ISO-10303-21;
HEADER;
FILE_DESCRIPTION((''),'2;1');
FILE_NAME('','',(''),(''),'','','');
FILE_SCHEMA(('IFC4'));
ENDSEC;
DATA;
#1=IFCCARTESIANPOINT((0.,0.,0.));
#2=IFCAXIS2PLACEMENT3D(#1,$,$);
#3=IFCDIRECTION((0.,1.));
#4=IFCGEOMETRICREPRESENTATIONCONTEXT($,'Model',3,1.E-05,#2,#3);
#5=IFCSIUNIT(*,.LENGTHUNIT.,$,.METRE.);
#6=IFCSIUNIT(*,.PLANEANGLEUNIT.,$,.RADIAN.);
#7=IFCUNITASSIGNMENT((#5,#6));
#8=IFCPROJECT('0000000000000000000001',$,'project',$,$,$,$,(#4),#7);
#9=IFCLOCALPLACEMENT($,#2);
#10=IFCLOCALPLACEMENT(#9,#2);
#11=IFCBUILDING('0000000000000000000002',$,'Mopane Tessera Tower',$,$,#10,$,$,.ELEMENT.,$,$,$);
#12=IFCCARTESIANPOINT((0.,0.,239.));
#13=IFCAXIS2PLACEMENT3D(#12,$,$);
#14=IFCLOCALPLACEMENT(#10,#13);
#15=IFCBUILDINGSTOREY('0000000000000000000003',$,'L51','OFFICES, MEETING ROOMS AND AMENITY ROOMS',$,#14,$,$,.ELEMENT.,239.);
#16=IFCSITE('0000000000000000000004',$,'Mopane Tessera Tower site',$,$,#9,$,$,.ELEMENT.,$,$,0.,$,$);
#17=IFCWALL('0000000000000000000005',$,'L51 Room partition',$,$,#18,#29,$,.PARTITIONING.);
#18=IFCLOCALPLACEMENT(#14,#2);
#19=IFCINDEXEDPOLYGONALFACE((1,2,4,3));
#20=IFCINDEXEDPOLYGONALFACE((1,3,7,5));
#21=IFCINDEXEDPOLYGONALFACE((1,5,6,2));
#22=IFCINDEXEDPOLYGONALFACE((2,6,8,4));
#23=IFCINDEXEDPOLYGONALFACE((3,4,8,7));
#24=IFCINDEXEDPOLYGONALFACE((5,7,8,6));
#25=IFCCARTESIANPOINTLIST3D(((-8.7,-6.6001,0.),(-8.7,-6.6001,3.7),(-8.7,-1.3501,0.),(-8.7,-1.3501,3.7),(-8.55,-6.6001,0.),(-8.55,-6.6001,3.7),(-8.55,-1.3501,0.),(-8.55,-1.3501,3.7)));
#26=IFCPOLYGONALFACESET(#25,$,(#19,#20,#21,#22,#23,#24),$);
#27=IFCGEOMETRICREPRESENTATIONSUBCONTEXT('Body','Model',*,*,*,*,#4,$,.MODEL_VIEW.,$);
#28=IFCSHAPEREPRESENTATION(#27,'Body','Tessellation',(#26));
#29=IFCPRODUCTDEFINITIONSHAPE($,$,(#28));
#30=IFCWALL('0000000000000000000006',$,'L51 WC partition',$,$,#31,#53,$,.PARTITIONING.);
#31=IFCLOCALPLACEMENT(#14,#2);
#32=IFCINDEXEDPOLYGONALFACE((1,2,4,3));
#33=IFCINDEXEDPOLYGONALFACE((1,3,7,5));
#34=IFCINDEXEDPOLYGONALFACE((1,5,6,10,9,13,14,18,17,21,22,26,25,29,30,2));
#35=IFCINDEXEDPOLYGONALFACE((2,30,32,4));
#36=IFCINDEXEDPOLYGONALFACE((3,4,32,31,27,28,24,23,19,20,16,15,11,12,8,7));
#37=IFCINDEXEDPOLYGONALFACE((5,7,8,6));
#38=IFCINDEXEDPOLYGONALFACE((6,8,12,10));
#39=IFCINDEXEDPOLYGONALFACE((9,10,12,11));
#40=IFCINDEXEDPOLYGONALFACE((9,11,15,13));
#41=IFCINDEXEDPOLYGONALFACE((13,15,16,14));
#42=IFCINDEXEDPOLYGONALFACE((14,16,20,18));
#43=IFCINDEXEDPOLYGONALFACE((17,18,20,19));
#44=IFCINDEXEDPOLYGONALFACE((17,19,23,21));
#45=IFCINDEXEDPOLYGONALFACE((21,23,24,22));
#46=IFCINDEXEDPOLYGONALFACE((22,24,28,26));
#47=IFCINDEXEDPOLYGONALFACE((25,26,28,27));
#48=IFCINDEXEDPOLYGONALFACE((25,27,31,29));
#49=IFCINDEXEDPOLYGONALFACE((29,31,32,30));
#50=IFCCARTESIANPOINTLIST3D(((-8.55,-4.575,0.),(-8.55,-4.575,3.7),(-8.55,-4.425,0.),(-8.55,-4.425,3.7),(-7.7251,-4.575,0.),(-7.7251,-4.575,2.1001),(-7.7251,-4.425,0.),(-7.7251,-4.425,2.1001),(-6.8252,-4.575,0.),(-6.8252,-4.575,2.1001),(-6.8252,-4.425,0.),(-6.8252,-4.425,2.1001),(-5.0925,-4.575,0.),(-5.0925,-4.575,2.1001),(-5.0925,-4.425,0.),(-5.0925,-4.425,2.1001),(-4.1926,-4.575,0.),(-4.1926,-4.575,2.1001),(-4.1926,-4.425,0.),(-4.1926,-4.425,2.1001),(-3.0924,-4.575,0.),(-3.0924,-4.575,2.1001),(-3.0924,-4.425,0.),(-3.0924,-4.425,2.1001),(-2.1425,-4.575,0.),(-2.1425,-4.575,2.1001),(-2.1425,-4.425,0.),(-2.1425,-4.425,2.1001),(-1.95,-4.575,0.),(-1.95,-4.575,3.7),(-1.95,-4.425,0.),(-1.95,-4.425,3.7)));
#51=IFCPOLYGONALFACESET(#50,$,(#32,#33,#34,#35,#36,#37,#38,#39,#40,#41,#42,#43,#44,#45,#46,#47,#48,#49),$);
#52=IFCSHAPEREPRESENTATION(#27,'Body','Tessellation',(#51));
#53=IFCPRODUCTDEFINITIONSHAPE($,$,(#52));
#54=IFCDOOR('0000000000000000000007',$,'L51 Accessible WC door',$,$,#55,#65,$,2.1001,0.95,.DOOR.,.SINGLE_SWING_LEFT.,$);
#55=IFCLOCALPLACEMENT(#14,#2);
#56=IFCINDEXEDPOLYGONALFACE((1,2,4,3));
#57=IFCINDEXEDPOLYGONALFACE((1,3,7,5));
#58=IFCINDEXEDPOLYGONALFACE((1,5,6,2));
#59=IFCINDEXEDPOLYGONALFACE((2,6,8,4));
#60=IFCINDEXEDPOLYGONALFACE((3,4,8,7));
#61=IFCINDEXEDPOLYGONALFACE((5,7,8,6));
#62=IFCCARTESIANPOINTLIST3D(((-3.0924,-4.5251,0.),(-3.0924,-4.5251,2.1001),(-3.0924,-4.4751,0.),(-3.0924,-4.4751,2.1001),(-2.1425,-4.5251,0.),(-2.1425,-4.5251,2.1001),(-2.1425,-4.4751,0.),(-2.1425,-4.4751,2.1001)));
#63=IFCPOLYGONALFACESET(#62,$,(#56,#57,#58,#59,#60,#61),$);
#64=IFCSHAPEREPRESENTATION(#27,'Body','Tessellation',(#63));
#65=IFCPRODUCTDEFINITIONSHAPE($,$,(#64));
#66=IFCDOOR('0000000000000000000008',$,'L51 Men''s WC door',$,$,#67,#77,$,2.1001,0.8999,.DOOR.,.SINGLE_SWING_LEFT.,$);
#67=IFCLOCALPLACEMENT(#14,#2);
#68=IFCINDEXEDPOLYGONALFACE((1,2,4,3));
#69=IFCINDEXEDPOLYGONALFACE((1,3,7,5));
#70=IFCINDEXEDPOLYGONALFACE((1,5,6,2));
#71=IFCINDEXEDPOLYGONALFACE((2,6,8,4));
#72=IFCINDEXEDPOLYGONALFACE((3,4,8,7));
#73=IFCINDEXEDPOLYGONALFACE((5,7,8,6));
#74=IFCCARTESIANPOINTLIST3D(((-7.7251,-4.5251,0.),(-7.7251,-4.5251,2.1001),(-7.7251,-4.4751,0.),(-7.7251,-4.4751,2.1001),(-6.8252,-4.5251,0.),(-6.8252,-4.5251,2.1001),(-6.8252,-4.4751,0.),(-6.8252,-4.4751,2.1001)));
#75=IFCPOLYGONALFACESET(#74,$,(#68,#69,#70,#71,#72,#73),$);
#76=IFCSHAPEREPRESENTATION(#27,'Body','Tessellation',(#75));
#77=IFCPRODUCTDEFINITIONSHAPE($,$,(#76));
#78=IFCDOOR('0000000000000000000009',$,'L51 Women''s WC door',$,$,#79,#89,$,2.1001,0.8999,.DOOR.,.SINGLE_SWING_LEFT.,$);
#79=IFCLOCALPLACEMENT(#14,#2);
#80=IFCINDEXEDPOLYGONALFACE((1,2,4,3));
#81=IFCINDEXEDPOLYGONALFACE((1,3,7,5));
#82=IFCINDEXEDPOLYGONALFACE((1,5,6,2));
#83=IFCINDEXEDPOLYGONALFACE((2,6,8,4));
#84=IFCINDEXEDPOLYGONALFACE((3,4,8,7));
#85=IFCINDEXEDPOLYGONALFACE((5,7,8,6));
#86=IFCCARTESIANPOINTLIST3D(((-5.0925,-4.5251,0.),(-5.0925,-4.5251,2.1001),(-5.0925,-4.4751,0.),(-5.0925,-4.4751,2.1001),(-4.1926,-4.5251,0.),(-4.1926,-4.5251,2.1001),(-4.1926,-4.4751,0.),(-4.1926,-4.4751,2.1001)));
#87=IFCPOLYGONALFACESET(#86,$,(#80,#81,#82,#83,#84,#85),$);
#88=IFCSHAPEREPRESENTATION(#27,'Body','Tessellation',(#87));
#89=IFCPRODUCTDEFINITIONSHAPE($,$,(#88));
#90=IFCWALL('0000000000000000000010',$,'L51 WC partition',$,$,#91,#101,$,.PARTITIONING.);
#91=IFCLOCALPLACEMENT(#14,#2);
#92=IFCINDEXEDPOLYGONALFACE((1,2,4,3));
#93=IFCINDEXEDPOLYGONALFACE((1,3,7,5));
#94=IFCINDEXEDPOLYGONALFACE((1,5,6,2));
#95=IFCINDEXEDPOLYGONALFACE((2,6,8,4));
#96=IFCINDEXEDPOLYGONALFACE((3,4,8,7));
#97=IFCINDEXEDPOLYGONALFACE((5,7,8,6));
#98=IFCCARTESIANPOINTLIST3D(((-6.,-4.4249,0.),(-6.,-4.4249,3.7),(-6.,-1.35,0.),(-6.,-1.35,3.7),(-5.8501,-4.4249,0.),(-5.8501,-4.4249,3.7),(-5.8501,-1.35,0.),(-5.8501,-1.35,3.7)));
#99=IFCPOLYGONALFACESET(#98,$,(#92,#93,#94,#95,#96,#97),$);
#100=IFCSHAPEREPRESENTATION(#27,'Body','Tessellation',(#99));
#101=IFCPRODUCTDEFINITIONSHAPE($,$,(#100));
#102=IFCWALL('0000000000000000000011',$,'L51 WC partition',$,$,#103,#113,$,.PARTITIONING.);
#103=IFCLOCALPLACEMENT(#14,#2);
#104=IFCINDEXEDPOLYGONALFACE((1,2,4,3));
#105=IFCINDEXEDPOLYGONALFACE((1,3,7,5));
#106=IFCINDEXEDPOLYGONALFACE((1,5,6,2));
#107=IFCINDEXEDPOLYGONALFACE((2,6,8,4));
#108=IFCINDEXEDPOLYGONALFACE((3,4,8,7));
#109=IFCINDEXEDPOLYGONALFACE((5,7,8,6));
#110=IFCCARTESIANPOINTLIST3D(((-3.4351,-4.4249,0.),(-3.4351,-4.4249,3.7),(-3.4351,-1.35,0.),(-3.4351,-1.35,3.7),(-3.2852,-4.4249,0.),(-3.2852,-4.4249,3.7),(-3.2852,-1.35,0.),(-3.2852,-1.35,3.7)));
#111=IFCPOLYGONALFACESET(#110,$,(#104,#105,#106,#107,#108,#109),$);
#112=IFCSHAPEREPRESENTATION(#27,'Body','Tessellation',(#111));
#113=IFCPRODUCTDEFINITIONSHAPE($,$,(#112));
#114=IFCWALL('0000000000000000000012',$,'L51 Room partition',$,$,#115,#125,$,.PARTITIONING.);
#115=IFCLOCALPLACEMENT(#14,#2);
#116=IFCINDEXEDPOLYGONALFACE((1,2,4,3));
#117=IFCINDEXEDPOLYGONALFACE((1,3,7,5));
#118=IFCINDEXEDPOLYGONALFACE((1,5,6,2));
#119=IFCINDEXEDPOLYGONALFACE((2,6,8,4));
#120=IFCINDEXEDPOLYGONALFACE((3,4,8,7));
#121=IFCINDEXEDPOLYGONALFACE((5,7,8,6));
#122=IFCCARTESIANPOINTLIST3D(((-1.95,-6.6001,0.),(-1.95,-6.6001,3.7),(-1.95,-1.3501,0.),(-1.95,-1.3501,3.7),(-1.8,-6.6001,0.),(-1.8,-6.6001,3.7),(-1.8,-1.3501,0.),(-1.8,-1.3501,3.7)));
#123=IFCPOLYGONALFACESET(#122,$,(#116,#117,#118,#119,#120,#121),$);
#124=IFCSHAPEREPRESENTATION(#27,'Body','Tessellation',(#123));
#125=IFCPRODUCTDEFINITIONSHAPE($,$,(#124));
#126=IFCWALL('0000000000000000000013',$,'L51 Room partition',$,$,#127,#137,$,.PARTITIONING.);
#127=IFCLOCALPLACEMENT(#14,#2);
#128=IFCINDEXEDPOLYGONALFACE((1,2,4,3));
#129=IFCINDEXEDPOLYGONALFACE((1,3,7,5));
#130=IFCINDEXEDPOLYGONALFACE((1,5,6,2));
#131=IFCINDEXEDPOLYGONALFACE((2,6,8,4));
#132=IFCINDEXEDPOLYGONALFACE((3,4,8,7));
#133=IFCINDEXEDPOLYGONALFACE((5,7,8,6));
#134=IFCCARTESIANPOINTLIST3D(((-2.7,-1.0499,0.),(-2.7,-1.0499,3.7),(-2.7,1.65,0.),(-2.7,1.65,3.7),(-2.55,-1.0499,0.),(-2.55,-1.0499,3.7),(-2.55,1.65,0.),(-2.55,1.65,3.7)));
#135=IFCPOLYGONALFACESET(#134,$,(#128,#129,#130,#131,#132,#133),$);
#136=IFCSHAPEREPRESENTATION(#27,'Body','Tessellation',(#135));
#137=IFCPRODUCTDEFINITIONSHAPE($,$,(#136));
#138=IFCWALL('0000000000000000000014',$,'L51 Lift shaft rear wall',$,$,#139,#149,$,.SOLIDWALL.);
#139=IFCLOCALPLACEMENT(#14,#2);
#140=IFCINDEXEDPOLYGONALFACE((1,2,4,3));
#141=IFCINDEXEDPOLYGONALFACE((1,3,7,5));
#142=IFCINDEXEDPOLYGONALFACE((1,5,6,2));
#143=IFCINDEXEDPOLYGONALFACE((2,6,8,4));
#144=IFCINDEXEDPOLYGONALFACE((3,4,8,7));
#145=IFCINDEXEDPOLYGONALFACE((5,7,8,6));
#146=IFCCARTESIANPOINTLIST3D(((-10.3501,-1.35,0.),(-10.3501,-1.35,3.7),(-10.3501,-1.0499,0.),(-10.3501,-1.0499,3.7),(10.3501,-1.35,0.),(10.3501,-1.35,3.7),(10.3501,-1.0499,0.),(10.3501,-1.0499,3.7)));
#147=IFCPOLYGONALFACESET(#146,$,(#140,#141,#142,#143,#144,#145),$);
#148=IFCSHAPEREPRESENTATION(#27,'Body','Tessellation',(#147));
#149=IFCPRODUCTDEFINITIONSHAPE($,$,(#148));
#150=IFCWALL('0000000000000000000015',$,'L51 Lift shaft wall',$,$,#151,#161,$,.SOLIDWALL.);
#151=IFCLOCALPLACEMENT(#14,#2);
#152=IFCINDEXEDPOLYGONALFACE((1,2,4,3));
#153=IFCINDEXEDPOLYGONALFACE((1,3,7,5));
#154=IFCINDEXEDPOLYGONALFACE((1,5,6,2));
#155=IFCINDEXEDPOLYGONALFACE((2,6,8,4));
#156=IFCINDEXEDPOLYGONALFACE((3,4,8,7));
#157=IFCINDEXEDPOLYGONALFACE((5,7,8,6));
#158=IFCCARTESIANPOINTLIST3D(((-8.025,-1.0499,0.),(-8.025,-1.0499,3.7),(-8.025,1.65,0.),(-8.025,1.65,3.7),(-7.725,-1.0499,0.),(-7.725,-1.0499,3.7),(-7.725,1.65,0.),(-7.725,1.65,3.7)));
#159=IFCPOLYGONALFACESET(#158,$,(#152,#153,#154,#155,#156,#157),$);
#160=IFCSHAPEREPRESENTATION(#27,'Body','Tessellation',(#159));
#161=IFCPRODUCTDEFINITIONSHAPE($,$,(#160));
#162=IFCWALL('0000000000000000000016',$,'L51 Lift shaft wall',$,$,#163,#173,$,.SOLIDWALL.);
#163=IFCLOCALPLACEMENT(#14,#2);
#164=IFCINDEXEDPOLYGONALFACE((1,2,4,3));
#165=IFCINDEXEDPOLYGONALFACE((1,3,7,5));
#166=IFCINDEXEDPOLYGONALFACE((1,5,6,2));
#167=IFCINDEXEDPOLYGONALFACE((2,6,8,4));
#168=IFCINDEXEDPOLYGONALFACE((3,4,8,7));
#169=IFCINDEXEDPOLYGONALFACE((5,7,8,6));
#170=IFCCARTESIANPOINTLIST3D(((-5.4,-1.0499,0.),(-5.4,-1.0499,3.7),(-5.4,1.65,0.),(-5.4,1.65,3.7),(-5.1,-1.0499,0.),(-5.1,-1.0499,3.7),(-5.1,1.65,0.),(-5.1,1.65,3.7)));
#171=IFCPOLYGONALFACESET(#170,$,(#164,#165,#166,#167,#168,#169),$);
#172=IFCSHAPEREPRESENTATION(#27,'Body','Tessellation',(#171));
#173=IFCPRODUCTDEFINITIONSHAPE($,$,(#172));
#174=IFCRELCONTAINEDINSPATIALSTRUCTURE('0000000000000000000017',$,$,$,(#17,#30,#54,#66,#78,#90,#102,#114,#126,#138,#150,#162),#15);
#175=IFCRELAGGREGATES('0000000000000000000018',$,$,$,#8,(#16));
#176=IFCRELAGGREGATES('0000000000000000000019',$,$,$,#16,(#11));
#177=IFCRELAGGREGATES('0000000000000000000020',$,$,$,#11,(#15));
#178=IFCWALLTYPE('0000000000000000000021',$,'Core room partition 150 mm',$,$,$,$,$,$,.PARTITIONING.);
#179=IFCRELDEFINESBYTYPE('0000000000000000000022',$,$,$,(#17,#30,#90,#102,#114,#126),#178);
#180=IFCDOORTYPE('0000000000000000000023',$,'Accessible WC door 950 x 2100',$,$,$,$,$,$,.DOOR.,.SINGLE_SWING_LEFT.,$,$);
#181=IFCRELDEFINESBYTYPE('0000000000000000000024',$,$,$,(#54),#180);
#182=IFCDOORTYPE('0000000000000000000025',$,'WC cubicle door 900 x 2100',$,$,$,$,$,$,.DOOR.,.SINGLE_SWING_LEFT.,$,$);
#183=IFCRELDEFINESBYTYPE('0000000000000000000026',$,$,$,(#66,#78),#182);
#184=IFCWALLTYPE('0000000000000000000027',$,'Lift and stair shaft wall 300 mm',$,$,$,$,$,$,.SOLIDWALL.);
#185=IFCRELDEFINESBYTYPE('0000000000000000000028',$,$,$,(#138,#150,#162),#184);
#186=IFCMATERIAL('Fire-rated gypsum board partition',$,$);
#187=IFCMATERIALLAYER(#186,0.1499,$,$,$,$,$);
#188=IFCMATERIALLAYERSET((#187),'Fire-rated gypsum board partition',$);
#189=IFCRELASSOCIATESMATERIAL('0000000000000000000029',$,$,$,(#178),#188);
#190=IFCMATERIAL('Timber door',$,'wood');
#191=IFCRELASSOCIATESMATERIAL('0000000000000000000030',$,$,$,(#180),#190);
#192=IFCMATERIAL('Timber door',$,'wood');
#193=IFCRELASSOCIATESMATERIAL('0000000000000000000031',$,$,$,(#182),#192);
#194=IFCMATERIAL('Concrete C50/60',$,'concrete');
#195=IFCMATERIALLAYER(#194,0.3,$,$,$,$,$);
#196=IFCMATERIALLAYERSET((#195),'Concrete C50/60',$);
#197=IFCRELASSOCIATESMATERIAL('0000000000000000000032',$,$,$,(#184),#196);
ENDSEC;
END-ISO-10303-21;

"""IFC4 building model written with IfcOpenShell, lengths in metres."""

from ifc_helpers import new_model, si_unit, direction, frame, frame_2d, origin, place, context, subcontext, project, spatial, rectangle, extrude, material, layer, layer_set, type_object, element, fill, save


model = new_model("IFC4")

# Units and contexts
model_context = context("Model", 3, precision=1e-05, world=origin(), true_north=direction((0.0, 1.0)))
body_context = subcontext(model_context, "Body", "Model", "MODEL_VIEW")
ifc_project = project(units=[si_unit("LENGTHUNIT", "METRE"), si_unit("PLANEANGLEUNIT", "RADIAN")], contexts=[model_context])

# Site, building, storey
site_placement = place(None, origin())
site = spatial("IfcSite", under=ifc_project, at=site_placement, Name="Mopane Tessera Tower site", CompositionType="ELEMENT", RefElevation=0.0)
building_placement = place(site_placement, origin())
building = spatial("IfcBuilding", under=site, at=building_placement, Name="Mopane Tessera Tower", CompositionType="ELEMENT")
storey_placement = place(building_placement, frame((0.0, 0.0, 239.0)))
storey = spatial("IfcBuildingStorey", under=building, at=storey_placement, Name="L51", Description="OFFICES, MEETING ROOMS AND AMENITY ROOMS", CompositionType="ELEMENT", Elevation=239.0)

# Wall
ifc_material_1 = material(Name="Fire-rated gypsum board partition")
ifc_layer_1 = layer(ifc_material_1, 0.1499)
ifc_layer_set_1 = layer_set([ifc_layer_1], Name="Fire-rated gypsum board partition")
wall_type_1 = type_object("IfcWallType", Name="Core room partition 150 mm", PredefinedType="PARTITIONING", material=ifc_layer_set_1)
wall_1_placement = place(storey_placement, frame((-8.625, -6.6001, 0.0), z_axis=(0.0, 0.0, 1.0), x_axis=(0.0, 1.0, 0.0)))
element("IfcWall", 1, at=wall_1_placement, inside=storey, type_object=wall_type_1, Name="L51 Room partition", PredefinedType="PARTITIONING", context=body_context, shape_type="SweptSolid", body=[
    extrude(rectangle(XDim=5.25, YDim=0.1499, at=frame_2d((2.625, 0.0))), origin(), (0.0, 0.0, 1.0), 3.7),
])

# Wall, openings, doors
wall_2_placement = place(storey_placement, frame((-8.55, -4.5, 0.0), z_axis=(0.0, 0.0, 1.0), x_axis=(1.0, 0.0, 0.0)))
wall_2 = element("IfcWall", 2, at=wall_2_placement, inside=storey, type_object=wall_type_1, Name="L51 WC partition", PredefinedType="PARTITIONING", context=body_context, shape_type="SweptSolid", body=[
    extrude(rectangle(XDim=6.6001, YDim=0.1499, at=frame_2d((3.3, 0.0))), origin(), (0.0, 0.0, 1.0), 3.7),
])
opening_1_placement = place(wall_2_placement, frame((0.825, 0.0, 0.0)))
opening_1 = element("IfcOpeningElement", 3, at=opening_1_placement, cuts=wall_2, PredefinedType="OPENING", context=body_context, shape_type="SweptSolid", body=[
    extrude(rectangle(XDim=0.8999, YDim=2.1001, at=frame_2d((0.45, 1.05))), frame((0.0, 0.0869, 0.0), z_axis=(0.0, -1.0, 0.0), x_axis=(1.0, 0.0, 0.0)), (0.0, 0.0, 1.0), 0.1738),
])
opening_2_placement = place(wall_2_placement, frame((3.4575, 0.0, 0.0)))
opening_2 = element("IfcOpeningElement", 4, at=opening_2_placement, cuts=wall_2, PredefinedType="OPENING", context=body_context, shape_type="SweptSolid", body=[
    extrude(rectangle(XDim=0.8999, YDim=2.1001, at=frame_2d((0.45, 1.05))), frame((0.0, 0.0869, 0.0), z_axis=(0.0, -1.0, 0.0), x_axis=(1.0, 0.0, 0.0)), (0.0, 0.0, 1.0), 0.1738),
])
opening_3_placement = place(wall_2_placement, frame((5.4575, 0.0, 0.0)))
opening_3 = element("IfcOpeningElement", 5, at=opening_3_placement, cuts=wall_2, PredefinedType="OPENING", context=body_context, shape_type="SweptSolid", body=[
    extrude(rectangle(XDim=0.95, YDim=2.1001, at=frame_2d((0.4751, 1.05))), frame((0.0, 0.0869, 0.0), z_axis=(0.0, -1.0, 0.0), x_axis=(1.0, 0.0, 0.0)), (0.0, 0.0, 1.0), 0.1738),
])
ifc_material_2 = material(Name="Timber door", Category="wood")
door_type_1 = type_object("IfcDoorType", Name="Accessible WC door 950 x 2100", OperationType="SINGLE_SWING_LEFT", PredefinedType="DOOR", material=ifc_material_2)
door_1_placement = place(opening_3_placement, origin())
door_1 = element("IfcDoor", 6, at=door_1_placement, inside=storey, type_object=door_type_1, Name="L51 Accessible WC door", OperationType="SINGLE_SWING_LEFT", OverallHeight=2.1001, OverallWidth=0.95, PredefinedType="DOOR", context=body_context, shape_type="SweptSolid", body=[
    extrude(rectangle(XDim=0.95, YDim=2.1001, at=frame_2d((0.4751, 1.05))), frame((0.0, 0.0249, 0.0), z_axis=(0.0, -1.0, 0.0), x_axis=(1.0, 0.0, 0.0)), (0.0, 0.0, 1.0), 0.05),
])
fill(opening_3, door_1)
ifc_material_3 = material(Name="Timber door", Category="wood")
door_type_2 = type_object("IfcDoorType", Name="WC cubicle door 900 x 2100", OperationType="SINGLE_SWING_LEFT", PredefinedType="DOOR", material=ifc_material_3)
door_2_placement = place(opening_1_placement, origin())
door_2 = element("IfcDoor", 7, at=door_2_placement, inside=storey, type_object=door_type_2, Name="L51 Men's WC door", OperationType="SINGLE_SWING_LEFT", OverallHeight=2.1001, OverallWidth=0.8999, PredefinedType="DOOR", context=body_context, shape_type="SweptSolid", body=[
    extrude(rectangle(XDim=0.8999, YDim=2.1001, at=frame_2d((0.45, 1.05))), frame((0.0, 0.0249, 0.0), z_axis=(0.0, -1.0, 0.0), x_axis=(1.0, 0.0, 0.0)), (0.0, 0.0, 1.0), 0.05),
])
fill(opening_1, door_2)
door_3_placement = place(opening_2_placement, origin())
door_3 = element("IfcDoor", 8, at=door_3_placement, inside=storey, type_object=door_type_2, Name="L51 Women's WC door", OperationType="SINGLE_SWING_LEFT", OverallHeight=2.1001, OverallWidth=0.8999, PredefinedType="DOOR", context=body_context, shape_type="SweptSolid", body=[
    extrude(rectangle(XDim=0.8999, YDim=2.1001, at=frame_2d((0.45, 1.05))), frame((0.0, 0.0249, 0.0), z_axis=(0.0, -1.0, 0.0), x_axis=(1.0, 0.0, 0.0)), (0.0, 0.0, 1.0), 0.05),
])
fill(opening_2, door_3)

# Walls
for number, where, z_axis, x_axis, name in (
    (9, (-5.925, -4.425, 0.0), (0.0, 0.0, 1.0), (0.0, 1.0, 0.0), "L51 WC partition"),
    (10, (-3.3601, -4.425, 0.0), (0.0, 0.0, 1.0), (0.0, 1.0, 0.0), "L51 WC partition"),
):
    element("IfcWall", number, at=place(storey_placement, frame(where, z_axis=z_axis, x_axis=x_axis)), inside=storey, type_object=wall_type_1, Name=name, PredefinedType="PARTITIONING", context=body_context, shape_type="SweptSolid", body=[
        extrude(rectangle(XDim=3.075, YDim=0.1499, at=frame_2d((1.5376, 0.0))), origin(), (0.0, 0.0, 1.0), 3.7),
    ])
wall_3_placement = place(storey_placement, frame((-1.875, -6.6001, 0.0), z_axis=(0.0, 0.0, 1.0), x_axis=(0.0, 1.0, 0.0)))
element("IfcWall", 11, at=wall_3_placement, inside=storey, type_object=wall_type_1, Name="L51 Room partition", PredefinedType="PARTITIONING", context=body_context, shape_type="SweptSolid", body=[
    extrude(rectangle(XDim=5.25, YDim=0.1499, at=frame_2d((2.625, 0.0))), origin(), (0.0, 0.0, 1.0), 3.7),
])
wall_4_placement = place(storey_placement, frame((-2.625, -1.05, 0.0), z_axis=(0.0, 0.0, 1.0), x_axis=(0.0, 1.0, 0.0)))
element("IfcWall", 12, at=wall_4_placement, inside=storey, type_object=wall_type_1, Name="L51 Room partition", PredefinedType="PARTITIONING", context=body_context, shape_type="SweptSolid", body=[
    extrude(rectangle(XDim=2.7, YDim=0.1499, at=frame_2d((1.3501, 0.0))), origin(), (0.0, 0.0, 1.0), 3.7),
])
ifc_material_4 = material(Name="Concrete C50/60", Category="concrete")
ifc_layer_2 = layer(ifc_material_4, 0.3)
ifc_layer_set_2 = layer_set([ifc_layer_2], Name="Concrete C50/60")
wall_type_2 = type_object("IfcWallType", Name="Lift and stair shaft wall 300 mm", PredefinedType="SOLIDWALL", material=ifc_layer_set_2)
wall_5_placement = place(storey_placement, frame((-10.3501, -1.2, 0.0), z_axis=(0.0, 0.0, 1.0), x_axis=(1.0, 0.0, 0.0)))
element("IfcWall", 13, at=wall_5_placement, inside=storey, type_object=wall_type_2, Name="L51 Lift shaft rear wall", PredefinedType="SOLIDWALL", context=body_context, shape_type="SweptSolid", body=[
    extrude(rectangle(XDim=20.7002, YDim=0.3, at=frame_2d((10.3501, 0.0))), origin(), (0.0, 0.0, 1.0), 3.7),
])
for number, where, z_axis, x_axis, name in (
    (14, (-7.875, -1.05, 0.0), (0.0, 0.0, 1.0), (0.0, 1.0, 0.0), "L51 Lift shaft wall"),
    (15, (-5.25, -1.05, 0.0), (0.0, 0.0, 1.0), (0.0, 1.0, 0.0), "L51 Lift shaft wall"),
):
    element("IfcWall", number, at=place(storey_placement, frame(where, z_axis=z_axis, x_axis=x_axis)), inside=storey, type_object=wall_type_2, Name=name, PredefinedType="SOLIDWALL", context=body_context, shape_type="SweptSolid", body=[
        extrude(rectangle(XDim=2.7, YDim=0.3, at=frame_2d((1.3501, 0.0))), origin(), (0.0, 0.0, 1.0), 3.7),
    ])

save(model, "model.ifc")
